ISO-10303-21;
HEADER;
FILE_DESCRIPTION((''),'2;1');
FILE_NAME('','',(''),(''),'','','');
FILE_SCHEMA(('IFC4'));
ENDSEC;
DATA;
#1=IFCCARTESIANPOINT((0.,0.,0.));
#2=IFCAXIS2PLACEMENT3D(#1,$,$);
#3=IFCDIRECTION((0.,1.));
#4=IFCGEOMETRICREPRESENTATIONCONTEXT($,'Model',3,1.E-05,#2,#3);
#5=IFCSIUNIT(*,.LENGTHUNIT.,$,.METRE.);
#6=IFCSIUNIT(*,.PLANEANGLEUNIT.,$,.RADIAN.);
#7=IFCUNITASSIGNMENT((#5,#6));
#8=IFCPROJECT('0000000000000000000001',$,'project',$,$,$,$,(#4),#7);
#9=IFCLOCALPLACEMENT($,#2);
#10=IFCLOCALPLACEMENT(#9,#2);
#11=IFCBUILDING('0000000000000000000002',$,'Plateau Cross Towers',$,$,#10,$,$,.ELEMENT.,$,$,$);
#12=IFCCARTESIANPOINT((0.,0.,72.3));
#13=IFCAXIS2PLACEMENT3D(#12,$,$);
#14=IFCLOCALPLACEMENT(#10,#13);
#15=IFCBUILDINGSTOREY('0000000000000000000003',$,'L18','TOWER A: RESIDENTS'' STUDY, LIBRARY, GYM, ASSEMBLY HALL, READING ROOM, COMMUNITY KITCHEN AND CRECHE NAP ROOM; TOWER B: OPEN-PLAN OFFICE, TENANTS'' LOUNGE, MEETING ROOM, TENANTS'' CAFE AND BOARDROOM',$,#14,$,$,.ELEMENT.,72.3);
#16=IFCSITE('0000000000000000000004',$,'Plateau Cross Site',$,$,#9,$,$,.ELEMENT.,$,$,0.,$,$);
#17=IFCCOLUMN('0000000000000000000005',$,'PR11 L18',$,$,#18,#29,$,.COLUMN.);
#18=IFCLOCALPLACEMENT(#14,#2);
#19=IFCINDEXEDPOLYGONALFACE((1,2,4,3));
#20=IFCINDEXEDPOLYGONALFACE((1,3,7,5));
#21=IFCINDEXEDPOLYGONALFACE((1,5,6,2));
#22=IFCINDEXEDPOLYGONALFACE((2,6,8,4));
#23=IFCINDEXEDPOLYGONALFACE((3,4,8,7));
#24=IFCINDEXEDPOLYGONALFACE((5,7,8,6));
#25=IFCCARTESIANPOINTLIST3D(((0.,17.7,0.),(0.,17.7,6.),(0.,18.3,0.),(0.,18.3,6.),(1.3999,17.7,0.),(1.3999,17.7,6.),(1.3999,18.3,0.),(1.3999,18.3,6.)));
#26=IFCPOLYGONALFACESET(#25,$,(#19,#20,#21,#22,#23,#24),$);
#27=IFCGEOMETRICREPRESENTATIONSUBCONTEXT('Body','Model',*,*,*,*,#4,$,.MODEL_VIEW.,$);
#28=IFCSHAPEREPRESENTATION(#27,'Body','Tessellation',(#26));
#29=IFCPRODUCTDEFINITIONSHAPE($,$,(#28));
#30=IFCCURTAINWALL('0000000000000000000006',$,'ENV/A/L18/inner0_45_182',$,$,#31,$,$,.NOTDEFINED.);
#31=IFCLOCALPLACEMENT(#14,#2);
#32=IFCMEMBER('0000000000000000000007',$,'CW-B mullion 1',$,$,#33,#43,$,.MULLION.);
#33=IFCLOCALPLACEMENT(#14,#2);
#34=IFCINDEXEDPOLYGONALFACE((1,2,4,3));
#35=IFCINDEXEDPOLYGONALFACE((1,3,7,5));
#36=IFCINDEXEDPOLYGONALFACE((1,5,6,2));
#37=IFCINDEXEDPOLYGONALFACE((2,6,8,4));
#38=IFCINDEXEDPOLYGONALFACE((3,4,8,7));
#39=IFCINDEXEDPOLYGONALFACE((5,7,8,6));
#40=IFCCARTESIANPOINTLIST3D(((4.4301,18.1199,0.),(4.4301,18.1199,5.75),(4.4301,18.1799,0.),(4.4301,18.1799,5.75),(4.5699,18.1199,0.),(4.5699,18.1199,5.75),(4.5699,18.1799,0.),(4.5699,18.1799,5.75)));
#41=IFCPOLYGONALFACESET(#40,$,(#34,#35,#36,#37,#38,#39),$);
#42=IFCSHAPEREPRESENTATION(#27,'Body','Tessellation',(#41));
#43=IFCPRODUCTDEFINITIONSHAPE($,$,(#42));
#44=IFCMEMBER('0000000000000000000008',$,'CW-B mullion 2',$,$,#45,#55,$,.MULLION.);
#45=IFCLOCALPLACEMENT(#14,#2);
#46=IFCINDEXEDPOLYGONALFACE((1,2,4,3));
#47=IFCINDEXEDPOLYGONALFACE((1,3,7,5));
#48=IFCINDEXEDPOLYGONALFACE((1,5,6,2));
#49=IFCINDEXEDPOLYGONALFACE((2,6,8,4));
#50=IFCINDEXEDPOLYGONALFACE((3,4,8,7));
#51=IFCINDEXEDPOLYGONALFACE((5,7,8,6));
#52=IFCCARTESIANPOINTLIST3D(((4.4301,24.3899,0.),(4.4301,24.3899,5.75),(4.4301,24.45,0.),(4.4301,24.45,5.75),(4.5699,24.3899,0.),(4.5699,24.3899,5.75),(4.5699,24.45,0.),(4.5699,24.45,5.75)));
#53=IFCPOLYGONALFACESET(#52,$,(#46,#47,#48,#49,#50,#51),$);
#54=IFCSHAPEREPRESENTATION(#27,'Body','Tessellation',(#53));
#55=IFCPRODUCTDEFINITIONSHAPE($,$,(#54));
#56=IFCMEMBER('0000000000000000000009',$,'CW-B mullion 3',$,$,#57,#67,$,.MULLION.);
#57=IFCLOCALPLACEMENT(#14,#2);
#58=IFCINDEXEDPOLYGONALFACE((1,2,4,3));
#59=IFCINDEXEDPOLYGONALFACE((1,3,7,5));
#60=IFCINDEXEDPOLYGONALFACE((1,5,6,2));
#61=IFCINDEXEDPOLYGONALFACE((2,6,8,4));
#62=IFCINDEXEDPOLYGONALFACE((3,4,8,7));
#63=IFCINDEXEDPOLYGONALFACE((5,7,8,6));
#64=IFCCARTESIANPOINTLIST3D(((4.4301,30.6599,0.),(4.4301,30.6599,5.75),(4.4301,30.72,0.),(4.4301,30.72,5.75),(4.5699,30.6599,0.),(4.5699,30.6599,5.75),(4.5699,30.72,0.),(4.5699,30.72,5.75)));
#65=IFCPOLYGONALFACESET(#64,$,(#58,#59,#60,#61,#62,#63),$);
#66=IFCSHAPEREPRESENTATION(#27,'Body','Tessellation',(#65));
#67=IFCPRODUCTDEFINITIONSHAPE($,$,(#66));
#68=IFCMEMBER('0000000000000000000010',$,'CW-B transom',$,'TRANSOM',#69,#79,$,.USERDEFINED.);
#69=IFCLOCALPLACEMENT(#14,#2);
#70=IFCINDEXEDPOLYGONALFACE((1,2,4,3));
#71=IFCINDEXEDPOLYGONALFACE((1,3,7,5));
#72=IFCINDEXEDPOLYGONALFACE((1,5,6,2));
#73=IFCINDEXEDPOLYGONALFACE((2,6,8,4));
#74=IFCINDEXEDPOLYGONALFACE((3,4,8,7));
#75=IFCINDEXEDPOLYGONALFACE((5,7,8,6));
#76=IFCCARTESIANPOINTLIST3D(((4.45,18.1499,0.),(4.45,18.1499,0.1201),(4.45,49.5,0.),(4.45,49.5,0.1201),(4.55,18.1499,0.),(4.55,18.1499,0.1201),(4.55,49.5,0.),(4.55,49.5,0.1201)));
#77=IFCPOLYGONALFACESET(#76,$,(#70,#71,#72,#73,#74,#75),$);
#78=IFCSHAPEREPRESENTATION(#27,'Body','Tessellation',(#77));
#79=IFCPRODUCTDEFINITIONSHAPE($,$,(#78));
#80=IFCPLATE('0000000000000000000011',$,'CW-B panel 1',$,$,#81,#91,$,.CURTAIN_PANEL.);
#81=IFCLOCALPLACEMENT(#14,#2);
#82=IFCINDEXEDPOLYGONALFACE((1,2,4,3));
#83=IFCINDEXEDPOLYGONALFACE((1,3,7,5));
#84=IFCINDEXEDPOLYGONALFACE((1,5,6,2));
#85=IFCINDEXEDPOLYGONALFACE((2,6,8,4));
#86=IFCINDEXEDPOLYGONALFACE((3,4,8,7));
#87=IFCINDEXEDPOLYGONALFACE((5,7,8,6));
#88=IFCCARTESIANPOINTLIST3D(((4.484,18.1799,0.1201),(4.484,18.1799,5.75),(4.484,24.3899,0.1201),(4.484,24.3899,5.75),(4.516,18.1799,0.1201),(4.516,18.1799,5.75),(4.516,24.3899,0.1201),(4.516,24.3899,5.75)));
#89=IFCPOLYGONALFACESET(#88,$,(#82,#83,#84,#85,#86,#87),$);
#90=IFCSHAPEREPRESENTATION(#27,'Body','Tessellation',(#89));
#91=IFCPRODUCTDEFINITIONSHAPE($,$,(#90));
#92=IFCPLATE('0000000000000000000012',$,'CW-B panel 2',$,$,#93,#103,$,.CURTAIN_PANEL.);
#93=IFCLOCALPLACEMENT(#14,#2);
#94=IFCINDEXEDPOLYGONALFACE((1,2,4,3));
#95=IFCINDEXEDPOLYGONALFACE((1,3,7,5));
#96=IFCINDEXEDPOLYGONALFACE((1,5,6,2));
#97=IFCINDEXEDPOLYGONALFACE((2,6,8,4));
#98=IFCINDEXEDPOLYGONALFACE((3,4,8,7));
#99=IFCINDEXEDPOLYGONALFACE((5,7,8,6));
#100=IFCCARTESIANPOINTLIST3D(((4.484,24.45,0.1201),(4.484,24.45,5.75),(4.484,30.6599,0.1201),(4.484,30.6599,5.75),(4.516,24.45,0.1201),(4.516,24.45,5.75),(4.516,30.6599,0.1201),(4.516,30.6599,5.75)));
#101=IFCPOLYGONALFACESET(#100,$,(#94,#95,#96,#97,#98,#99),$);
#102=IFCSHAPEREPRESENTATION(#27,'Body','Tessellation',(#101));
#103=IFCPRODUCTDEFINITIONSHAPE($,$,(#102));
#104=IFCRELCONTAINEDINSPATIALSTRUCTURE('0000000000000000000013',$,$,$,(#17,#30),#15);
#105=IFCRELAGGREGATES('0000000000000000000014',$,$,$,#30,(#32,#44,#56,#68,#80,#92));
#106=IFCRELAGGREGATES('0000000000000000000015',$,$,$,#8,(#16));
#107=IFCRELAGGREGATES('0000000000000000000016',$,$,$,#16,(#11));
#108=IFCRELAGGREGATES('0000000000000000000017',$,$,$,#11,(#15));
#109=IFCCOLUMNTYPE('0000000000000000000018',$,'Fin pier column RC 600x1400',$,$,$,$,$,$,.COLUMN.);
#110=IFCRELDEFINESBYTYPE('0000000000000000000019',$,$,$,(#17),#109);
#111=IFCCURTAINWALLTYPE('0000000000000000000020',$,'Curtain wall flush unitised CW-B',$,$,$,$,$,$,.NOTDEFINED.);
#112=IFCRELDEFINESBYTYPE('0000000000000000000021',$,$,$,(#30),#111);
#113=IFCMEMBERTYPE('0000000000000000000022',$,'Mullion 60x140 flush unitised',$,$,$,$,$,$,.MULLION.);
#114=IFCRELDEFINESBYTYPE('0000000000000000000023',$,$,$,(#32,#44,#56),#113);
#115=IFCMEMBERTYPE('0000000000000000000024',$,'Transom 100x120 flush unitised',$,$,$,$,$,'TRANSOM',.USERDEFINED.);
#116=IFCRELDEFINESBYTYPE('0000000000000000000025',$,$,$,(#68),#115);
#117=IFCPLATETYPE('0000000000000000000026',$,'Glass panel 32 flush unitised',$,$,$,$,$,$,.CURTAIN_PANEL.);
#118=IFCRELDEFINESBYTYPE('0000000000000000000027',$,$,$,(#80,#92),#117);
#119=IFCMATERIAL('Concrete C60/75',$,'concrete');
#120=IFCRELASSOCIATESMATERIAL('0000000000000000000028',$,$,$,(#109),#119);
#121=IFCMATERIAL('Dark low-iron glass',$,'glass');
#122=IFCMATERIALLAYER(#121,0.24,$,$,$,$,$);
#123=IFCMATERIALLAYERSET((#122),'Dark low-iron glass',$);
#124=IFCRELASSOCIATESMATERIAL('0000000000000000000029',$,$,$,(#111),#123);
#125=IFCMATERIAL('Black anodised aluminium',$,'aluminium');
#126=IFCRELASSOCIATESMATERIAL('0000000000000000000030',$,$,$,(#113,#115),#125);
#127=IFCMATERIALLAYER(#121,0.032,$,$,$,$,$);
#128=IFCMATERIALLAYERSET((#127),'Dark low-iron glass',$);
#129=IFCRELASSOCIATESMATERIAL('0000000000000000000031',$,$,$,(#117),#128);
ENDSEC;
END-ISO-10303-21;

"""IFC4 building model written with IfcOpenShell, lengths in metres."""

from ifc_helpers import new_model, si_unit, direction, frame, origin, origin_2d, place, context, subcontext, project, spatial, rectangle, extrude, material, layer, layer_set, material_profile, profile_set, type_object, element, aggregate, save


model = new_model("IFC4")

# Units and contexts
model_context = context("Model", 3, precision=1e-05, world=origin(), true_north=direction((0.0, 1.0)))
body_context = subcontext(model_context, "Body", "Model", "MODEL_VIEW")
ifc_project = project(units=[si_unit("LENGTHUNIT", "METRE"), si_unit("PLANEANGLEUNIT", "RADIAN")], contexts=[model_context])

# Site, building, storey
site_placement = place(None, origin())
site = spatial("IfcSite", under=ifc_project, at=site_placement, Name="Plateau Cross Site", CompositionType="ELEMENT", RefElevation=0.0)
building_placement = place(site_placement, origin())
building = spatial("IfcBuilding", under=site, at=building_placement, Name="Plateau Cross Towers", CompositionType="ELEMENT")
storey_placement = place(building_placement, frame((0.0, 0.0, 72.3)))
storey = spatial("IfcBuildingStorey", under=building, at=storey_placement, Name="L18", Description="TOWER A: RESIDENTS' STUDY, LIBRARY, GYM, ASSEMBLY HALL, READING ROOM, COMMUNITY KITCHEN AND CRECHE NAP ROOM; TOWER B: OPEN-PLAN OFFICE, TENANTS' LOUNGE, MEETING ROOM, TENANTS' CAFE AND BOARDROOM", CompositionType="ELEMENT", Elevation=72.3)

# Column
ifc_material_1 = material(Name="Concrete C60/75", Category="concrete")
ifc_material_profile_1 = material_profile(ifc_material_1, rectangle(XDim=0.6001, YDim=1.3999, at=origin_2d()), Name="RC 600x1400")
ifc_profile_set_1 = profile_set([ifc_material_profile_1], Name="Concrete C60/75")
column_type = type_object("IfcColumnType", Name="Fin pier column RC 600x1400", PredefinedType="COLUMN", material=ifc_profile_set_1)
column_placement = place(storey_placement, frame((0.7, 18.0, 0.0), z_axis=(0.0, 0.0, 1.0), x_axis=(0.0, 1.0, 0.0)))
element("IfcColumn", 1, at=column_placement, inside=storey, type_object=column_type, Name="PR11 L18", PredefinedType="COLUMN", context=body_context, shape_type="SweptSolid", body=[
    extrude(rectangle(XDim=0.6001, YDim=1.3999, at=origin_2d()), origin(), (0.0, 0.0, 1.0), 6.0),
])

# Curtain wall, members, plates
ifc_material_2 = material(Name="Dark low-iron glass", Category="glass")
ifc_layer_1 = layer(ifc_material_2, 0.24)
ifc_layer_set_1 = layer_set([ifc_layer_1], Name="Dark low-iron glass")
curtain_wall_type = type_object("IfcCurtainWallType", Name="Curtain wall flush unitised CW-B", PredefinedType="NOTDEFINED", material=ifc_layer_set_1)
curtain_wall_placement = place(storey_placement, origin())
curtain_wall = element("IfcCurtainWall", 2, at=curtain_wall_placement, inside=storey, type_object=curtain_wall_type, Name="ENV/A/L18/inner0_45_182", PredefinedType="NOTDEFINED")
ifc_material_3 = material(Name="Black anodised aluminium", Category="aluminium")
ifc_material_profile_2 = material_profile(ifc_material_3, rectangle(XDim=0.0601, YDim=0.1399, at=origin_2d()), Name="MULLION 60x140")
ifc_profile_set_2 = profile_set([ifc_material_profile_2], Name="Black anodised aluminium")
member_type_1 = type_object("IfcMemberType", Name="Mullion 60x140 flush unitised", PredefinedType="MULLION", material=ifc_profile_set_2)
member_1_placement = place(storey_placement, frame((4.5, 18.1499, 0.0), z_axis=(0.0, 0.0, 1.0), x_axis=(0.0, 1.0, 0.0)))
member_1 = element("IfcMember", 3, at=member_1_placement, type_object=member_type_1, Name="CW-B mullion 1", PredefinedType="MULLION", context=body_context, shape_type="SweptSolid", body=[
    extrude(rectangle(XDim=0.0601, YDim=0.1399, at=origin_2d()), origin(), (0.0, 0.0, 1.0), 5.75),
])
member_2_placement = place(storey_placement, frame((4.5, 24.4199, 0.0), z_axis=(0.0, 0.0, 1.0), x_axis=(0.0, 1.0, 0.0)))
member_2 = element("IfcMember", 4, at=member_2_placement, type_object=member_type_1, Name="CW-B mullion 2", PredefinedType="MULLION", context=body_context, shape_type="SweptSolid", body=[
    extrude(rectangle(XDim=0.0601, YDim=0.1399, at=origin_2d()), origin(), (0.0, 0.0, 1.0), 5.75),
])
member_3_placement = place(storey_placement, frame((4.5, 30.6899, 0.0), z_axis=(0.0, 0.0, 1.0), x_axis=(0.0, 1.0, 0.0)))
member_3 = element("IfcMember", 5, at=member_3_placement, type_object=member_type_1, Name="CW-B mullion 3", PredefinedType="MULLION", context=body_context, shape_type="SweptSolid", body=[
    extrude(rectangle(XDim=0.0601, YDim=0.1399, at=origin_2d()), origin(), (0.0, 0.0, 1.0), 5.75),
])
ifc_material_profile_3 = material_profile(ifc_material_3, rectangle(XDim=0.1001, YDim=0.1201, at=origin_2d()), Name="TRANSOM 100x120")
ifc_profile_set_3 = profile_set([ifc_material_profile_3], Name="Black anodised aluminium")
member_type_2 = type_object("IfcMemberType", Name="Transom 100x120 flush unitised", ElementType="TRANSOM", PredefinedType="USERDEFINED", material=ifc_profile_set_3)
member_4_placement = place(storey_placement, frame((4.5, 18.1499, 0.0601), z_axis=(0.0, 1.0, 0.0), x_axis=(-1.0, 0.0, 0.0)))
member_4 = element("IfcMember", 6, at=member_4_placement, type_object=member_type_2, Name="CW-B transom", ObjectType="TRANSOM", PredefinedType="USERDEFINED", context=body_context, shape_type="SweptSolid", body=[
    extrude(rectangle(XDim=0.1001, YDim=0.1201, at=origin_2d()), origin(), (0.0, 0.0, 1.0), 31.3501),
])
ifc_layer_2 = layer(ifc_material_2, 0.032)
ifc_layer_set_2 = layer_set([ifc_layer_2], Name="Dark low-iron glass")
plate_type = type_object("IfcPlateType", Name="Glass panel 32 flush unitised", PredefinedType="CURTAIN_PANEL", material=ifc_layer_set_2)
plate_1_placement = place(storey_placement, frame((4.5, 21.2849, 0.1201), z_axis=(0.0, 0.0, 1.0), x_axis=(0.0, 1.0, 0.0)))
plate_1 = element("IfcPlate", 7, at=plate_1_placement, type_object=plate_type, Name="CW-B panel 1", PredefinedType="CURTAIN_PANEL", context=body_context, shape_type="SweptSolid", body=[
    extrude(rectangle(XDim=6.21, YDim=0.032, at=origin_2d()), origin(), (0.0, 0.0, 1.0), 5.6299),
])
plate_2_placement = place(storey_placement, frame((4.5, 27.5549, 0.1201), z_axis=(0.0, 0.0, 1.0), x_axis=(0.0, 1.0, 0.0)))
plate_2 = element("IfcPlate", 8, at=plate_2_placement, type_object=plate_type, Name="CW-B panel 2", PredefinedType="CURTAIN_PANEL", context=body_context, shape_type="SweptSolid", body=[
    extrude(rectangle(XDim=6.21, YDim=0.032, at=origin_2d()), origin(), (0.0, 0.0, 1.0), 5.6299),
])
aggregate(curtain_wall, [member_1, member_2, member_3, member_4, plate_1, plate_2])

save(model, "model.ifc")
